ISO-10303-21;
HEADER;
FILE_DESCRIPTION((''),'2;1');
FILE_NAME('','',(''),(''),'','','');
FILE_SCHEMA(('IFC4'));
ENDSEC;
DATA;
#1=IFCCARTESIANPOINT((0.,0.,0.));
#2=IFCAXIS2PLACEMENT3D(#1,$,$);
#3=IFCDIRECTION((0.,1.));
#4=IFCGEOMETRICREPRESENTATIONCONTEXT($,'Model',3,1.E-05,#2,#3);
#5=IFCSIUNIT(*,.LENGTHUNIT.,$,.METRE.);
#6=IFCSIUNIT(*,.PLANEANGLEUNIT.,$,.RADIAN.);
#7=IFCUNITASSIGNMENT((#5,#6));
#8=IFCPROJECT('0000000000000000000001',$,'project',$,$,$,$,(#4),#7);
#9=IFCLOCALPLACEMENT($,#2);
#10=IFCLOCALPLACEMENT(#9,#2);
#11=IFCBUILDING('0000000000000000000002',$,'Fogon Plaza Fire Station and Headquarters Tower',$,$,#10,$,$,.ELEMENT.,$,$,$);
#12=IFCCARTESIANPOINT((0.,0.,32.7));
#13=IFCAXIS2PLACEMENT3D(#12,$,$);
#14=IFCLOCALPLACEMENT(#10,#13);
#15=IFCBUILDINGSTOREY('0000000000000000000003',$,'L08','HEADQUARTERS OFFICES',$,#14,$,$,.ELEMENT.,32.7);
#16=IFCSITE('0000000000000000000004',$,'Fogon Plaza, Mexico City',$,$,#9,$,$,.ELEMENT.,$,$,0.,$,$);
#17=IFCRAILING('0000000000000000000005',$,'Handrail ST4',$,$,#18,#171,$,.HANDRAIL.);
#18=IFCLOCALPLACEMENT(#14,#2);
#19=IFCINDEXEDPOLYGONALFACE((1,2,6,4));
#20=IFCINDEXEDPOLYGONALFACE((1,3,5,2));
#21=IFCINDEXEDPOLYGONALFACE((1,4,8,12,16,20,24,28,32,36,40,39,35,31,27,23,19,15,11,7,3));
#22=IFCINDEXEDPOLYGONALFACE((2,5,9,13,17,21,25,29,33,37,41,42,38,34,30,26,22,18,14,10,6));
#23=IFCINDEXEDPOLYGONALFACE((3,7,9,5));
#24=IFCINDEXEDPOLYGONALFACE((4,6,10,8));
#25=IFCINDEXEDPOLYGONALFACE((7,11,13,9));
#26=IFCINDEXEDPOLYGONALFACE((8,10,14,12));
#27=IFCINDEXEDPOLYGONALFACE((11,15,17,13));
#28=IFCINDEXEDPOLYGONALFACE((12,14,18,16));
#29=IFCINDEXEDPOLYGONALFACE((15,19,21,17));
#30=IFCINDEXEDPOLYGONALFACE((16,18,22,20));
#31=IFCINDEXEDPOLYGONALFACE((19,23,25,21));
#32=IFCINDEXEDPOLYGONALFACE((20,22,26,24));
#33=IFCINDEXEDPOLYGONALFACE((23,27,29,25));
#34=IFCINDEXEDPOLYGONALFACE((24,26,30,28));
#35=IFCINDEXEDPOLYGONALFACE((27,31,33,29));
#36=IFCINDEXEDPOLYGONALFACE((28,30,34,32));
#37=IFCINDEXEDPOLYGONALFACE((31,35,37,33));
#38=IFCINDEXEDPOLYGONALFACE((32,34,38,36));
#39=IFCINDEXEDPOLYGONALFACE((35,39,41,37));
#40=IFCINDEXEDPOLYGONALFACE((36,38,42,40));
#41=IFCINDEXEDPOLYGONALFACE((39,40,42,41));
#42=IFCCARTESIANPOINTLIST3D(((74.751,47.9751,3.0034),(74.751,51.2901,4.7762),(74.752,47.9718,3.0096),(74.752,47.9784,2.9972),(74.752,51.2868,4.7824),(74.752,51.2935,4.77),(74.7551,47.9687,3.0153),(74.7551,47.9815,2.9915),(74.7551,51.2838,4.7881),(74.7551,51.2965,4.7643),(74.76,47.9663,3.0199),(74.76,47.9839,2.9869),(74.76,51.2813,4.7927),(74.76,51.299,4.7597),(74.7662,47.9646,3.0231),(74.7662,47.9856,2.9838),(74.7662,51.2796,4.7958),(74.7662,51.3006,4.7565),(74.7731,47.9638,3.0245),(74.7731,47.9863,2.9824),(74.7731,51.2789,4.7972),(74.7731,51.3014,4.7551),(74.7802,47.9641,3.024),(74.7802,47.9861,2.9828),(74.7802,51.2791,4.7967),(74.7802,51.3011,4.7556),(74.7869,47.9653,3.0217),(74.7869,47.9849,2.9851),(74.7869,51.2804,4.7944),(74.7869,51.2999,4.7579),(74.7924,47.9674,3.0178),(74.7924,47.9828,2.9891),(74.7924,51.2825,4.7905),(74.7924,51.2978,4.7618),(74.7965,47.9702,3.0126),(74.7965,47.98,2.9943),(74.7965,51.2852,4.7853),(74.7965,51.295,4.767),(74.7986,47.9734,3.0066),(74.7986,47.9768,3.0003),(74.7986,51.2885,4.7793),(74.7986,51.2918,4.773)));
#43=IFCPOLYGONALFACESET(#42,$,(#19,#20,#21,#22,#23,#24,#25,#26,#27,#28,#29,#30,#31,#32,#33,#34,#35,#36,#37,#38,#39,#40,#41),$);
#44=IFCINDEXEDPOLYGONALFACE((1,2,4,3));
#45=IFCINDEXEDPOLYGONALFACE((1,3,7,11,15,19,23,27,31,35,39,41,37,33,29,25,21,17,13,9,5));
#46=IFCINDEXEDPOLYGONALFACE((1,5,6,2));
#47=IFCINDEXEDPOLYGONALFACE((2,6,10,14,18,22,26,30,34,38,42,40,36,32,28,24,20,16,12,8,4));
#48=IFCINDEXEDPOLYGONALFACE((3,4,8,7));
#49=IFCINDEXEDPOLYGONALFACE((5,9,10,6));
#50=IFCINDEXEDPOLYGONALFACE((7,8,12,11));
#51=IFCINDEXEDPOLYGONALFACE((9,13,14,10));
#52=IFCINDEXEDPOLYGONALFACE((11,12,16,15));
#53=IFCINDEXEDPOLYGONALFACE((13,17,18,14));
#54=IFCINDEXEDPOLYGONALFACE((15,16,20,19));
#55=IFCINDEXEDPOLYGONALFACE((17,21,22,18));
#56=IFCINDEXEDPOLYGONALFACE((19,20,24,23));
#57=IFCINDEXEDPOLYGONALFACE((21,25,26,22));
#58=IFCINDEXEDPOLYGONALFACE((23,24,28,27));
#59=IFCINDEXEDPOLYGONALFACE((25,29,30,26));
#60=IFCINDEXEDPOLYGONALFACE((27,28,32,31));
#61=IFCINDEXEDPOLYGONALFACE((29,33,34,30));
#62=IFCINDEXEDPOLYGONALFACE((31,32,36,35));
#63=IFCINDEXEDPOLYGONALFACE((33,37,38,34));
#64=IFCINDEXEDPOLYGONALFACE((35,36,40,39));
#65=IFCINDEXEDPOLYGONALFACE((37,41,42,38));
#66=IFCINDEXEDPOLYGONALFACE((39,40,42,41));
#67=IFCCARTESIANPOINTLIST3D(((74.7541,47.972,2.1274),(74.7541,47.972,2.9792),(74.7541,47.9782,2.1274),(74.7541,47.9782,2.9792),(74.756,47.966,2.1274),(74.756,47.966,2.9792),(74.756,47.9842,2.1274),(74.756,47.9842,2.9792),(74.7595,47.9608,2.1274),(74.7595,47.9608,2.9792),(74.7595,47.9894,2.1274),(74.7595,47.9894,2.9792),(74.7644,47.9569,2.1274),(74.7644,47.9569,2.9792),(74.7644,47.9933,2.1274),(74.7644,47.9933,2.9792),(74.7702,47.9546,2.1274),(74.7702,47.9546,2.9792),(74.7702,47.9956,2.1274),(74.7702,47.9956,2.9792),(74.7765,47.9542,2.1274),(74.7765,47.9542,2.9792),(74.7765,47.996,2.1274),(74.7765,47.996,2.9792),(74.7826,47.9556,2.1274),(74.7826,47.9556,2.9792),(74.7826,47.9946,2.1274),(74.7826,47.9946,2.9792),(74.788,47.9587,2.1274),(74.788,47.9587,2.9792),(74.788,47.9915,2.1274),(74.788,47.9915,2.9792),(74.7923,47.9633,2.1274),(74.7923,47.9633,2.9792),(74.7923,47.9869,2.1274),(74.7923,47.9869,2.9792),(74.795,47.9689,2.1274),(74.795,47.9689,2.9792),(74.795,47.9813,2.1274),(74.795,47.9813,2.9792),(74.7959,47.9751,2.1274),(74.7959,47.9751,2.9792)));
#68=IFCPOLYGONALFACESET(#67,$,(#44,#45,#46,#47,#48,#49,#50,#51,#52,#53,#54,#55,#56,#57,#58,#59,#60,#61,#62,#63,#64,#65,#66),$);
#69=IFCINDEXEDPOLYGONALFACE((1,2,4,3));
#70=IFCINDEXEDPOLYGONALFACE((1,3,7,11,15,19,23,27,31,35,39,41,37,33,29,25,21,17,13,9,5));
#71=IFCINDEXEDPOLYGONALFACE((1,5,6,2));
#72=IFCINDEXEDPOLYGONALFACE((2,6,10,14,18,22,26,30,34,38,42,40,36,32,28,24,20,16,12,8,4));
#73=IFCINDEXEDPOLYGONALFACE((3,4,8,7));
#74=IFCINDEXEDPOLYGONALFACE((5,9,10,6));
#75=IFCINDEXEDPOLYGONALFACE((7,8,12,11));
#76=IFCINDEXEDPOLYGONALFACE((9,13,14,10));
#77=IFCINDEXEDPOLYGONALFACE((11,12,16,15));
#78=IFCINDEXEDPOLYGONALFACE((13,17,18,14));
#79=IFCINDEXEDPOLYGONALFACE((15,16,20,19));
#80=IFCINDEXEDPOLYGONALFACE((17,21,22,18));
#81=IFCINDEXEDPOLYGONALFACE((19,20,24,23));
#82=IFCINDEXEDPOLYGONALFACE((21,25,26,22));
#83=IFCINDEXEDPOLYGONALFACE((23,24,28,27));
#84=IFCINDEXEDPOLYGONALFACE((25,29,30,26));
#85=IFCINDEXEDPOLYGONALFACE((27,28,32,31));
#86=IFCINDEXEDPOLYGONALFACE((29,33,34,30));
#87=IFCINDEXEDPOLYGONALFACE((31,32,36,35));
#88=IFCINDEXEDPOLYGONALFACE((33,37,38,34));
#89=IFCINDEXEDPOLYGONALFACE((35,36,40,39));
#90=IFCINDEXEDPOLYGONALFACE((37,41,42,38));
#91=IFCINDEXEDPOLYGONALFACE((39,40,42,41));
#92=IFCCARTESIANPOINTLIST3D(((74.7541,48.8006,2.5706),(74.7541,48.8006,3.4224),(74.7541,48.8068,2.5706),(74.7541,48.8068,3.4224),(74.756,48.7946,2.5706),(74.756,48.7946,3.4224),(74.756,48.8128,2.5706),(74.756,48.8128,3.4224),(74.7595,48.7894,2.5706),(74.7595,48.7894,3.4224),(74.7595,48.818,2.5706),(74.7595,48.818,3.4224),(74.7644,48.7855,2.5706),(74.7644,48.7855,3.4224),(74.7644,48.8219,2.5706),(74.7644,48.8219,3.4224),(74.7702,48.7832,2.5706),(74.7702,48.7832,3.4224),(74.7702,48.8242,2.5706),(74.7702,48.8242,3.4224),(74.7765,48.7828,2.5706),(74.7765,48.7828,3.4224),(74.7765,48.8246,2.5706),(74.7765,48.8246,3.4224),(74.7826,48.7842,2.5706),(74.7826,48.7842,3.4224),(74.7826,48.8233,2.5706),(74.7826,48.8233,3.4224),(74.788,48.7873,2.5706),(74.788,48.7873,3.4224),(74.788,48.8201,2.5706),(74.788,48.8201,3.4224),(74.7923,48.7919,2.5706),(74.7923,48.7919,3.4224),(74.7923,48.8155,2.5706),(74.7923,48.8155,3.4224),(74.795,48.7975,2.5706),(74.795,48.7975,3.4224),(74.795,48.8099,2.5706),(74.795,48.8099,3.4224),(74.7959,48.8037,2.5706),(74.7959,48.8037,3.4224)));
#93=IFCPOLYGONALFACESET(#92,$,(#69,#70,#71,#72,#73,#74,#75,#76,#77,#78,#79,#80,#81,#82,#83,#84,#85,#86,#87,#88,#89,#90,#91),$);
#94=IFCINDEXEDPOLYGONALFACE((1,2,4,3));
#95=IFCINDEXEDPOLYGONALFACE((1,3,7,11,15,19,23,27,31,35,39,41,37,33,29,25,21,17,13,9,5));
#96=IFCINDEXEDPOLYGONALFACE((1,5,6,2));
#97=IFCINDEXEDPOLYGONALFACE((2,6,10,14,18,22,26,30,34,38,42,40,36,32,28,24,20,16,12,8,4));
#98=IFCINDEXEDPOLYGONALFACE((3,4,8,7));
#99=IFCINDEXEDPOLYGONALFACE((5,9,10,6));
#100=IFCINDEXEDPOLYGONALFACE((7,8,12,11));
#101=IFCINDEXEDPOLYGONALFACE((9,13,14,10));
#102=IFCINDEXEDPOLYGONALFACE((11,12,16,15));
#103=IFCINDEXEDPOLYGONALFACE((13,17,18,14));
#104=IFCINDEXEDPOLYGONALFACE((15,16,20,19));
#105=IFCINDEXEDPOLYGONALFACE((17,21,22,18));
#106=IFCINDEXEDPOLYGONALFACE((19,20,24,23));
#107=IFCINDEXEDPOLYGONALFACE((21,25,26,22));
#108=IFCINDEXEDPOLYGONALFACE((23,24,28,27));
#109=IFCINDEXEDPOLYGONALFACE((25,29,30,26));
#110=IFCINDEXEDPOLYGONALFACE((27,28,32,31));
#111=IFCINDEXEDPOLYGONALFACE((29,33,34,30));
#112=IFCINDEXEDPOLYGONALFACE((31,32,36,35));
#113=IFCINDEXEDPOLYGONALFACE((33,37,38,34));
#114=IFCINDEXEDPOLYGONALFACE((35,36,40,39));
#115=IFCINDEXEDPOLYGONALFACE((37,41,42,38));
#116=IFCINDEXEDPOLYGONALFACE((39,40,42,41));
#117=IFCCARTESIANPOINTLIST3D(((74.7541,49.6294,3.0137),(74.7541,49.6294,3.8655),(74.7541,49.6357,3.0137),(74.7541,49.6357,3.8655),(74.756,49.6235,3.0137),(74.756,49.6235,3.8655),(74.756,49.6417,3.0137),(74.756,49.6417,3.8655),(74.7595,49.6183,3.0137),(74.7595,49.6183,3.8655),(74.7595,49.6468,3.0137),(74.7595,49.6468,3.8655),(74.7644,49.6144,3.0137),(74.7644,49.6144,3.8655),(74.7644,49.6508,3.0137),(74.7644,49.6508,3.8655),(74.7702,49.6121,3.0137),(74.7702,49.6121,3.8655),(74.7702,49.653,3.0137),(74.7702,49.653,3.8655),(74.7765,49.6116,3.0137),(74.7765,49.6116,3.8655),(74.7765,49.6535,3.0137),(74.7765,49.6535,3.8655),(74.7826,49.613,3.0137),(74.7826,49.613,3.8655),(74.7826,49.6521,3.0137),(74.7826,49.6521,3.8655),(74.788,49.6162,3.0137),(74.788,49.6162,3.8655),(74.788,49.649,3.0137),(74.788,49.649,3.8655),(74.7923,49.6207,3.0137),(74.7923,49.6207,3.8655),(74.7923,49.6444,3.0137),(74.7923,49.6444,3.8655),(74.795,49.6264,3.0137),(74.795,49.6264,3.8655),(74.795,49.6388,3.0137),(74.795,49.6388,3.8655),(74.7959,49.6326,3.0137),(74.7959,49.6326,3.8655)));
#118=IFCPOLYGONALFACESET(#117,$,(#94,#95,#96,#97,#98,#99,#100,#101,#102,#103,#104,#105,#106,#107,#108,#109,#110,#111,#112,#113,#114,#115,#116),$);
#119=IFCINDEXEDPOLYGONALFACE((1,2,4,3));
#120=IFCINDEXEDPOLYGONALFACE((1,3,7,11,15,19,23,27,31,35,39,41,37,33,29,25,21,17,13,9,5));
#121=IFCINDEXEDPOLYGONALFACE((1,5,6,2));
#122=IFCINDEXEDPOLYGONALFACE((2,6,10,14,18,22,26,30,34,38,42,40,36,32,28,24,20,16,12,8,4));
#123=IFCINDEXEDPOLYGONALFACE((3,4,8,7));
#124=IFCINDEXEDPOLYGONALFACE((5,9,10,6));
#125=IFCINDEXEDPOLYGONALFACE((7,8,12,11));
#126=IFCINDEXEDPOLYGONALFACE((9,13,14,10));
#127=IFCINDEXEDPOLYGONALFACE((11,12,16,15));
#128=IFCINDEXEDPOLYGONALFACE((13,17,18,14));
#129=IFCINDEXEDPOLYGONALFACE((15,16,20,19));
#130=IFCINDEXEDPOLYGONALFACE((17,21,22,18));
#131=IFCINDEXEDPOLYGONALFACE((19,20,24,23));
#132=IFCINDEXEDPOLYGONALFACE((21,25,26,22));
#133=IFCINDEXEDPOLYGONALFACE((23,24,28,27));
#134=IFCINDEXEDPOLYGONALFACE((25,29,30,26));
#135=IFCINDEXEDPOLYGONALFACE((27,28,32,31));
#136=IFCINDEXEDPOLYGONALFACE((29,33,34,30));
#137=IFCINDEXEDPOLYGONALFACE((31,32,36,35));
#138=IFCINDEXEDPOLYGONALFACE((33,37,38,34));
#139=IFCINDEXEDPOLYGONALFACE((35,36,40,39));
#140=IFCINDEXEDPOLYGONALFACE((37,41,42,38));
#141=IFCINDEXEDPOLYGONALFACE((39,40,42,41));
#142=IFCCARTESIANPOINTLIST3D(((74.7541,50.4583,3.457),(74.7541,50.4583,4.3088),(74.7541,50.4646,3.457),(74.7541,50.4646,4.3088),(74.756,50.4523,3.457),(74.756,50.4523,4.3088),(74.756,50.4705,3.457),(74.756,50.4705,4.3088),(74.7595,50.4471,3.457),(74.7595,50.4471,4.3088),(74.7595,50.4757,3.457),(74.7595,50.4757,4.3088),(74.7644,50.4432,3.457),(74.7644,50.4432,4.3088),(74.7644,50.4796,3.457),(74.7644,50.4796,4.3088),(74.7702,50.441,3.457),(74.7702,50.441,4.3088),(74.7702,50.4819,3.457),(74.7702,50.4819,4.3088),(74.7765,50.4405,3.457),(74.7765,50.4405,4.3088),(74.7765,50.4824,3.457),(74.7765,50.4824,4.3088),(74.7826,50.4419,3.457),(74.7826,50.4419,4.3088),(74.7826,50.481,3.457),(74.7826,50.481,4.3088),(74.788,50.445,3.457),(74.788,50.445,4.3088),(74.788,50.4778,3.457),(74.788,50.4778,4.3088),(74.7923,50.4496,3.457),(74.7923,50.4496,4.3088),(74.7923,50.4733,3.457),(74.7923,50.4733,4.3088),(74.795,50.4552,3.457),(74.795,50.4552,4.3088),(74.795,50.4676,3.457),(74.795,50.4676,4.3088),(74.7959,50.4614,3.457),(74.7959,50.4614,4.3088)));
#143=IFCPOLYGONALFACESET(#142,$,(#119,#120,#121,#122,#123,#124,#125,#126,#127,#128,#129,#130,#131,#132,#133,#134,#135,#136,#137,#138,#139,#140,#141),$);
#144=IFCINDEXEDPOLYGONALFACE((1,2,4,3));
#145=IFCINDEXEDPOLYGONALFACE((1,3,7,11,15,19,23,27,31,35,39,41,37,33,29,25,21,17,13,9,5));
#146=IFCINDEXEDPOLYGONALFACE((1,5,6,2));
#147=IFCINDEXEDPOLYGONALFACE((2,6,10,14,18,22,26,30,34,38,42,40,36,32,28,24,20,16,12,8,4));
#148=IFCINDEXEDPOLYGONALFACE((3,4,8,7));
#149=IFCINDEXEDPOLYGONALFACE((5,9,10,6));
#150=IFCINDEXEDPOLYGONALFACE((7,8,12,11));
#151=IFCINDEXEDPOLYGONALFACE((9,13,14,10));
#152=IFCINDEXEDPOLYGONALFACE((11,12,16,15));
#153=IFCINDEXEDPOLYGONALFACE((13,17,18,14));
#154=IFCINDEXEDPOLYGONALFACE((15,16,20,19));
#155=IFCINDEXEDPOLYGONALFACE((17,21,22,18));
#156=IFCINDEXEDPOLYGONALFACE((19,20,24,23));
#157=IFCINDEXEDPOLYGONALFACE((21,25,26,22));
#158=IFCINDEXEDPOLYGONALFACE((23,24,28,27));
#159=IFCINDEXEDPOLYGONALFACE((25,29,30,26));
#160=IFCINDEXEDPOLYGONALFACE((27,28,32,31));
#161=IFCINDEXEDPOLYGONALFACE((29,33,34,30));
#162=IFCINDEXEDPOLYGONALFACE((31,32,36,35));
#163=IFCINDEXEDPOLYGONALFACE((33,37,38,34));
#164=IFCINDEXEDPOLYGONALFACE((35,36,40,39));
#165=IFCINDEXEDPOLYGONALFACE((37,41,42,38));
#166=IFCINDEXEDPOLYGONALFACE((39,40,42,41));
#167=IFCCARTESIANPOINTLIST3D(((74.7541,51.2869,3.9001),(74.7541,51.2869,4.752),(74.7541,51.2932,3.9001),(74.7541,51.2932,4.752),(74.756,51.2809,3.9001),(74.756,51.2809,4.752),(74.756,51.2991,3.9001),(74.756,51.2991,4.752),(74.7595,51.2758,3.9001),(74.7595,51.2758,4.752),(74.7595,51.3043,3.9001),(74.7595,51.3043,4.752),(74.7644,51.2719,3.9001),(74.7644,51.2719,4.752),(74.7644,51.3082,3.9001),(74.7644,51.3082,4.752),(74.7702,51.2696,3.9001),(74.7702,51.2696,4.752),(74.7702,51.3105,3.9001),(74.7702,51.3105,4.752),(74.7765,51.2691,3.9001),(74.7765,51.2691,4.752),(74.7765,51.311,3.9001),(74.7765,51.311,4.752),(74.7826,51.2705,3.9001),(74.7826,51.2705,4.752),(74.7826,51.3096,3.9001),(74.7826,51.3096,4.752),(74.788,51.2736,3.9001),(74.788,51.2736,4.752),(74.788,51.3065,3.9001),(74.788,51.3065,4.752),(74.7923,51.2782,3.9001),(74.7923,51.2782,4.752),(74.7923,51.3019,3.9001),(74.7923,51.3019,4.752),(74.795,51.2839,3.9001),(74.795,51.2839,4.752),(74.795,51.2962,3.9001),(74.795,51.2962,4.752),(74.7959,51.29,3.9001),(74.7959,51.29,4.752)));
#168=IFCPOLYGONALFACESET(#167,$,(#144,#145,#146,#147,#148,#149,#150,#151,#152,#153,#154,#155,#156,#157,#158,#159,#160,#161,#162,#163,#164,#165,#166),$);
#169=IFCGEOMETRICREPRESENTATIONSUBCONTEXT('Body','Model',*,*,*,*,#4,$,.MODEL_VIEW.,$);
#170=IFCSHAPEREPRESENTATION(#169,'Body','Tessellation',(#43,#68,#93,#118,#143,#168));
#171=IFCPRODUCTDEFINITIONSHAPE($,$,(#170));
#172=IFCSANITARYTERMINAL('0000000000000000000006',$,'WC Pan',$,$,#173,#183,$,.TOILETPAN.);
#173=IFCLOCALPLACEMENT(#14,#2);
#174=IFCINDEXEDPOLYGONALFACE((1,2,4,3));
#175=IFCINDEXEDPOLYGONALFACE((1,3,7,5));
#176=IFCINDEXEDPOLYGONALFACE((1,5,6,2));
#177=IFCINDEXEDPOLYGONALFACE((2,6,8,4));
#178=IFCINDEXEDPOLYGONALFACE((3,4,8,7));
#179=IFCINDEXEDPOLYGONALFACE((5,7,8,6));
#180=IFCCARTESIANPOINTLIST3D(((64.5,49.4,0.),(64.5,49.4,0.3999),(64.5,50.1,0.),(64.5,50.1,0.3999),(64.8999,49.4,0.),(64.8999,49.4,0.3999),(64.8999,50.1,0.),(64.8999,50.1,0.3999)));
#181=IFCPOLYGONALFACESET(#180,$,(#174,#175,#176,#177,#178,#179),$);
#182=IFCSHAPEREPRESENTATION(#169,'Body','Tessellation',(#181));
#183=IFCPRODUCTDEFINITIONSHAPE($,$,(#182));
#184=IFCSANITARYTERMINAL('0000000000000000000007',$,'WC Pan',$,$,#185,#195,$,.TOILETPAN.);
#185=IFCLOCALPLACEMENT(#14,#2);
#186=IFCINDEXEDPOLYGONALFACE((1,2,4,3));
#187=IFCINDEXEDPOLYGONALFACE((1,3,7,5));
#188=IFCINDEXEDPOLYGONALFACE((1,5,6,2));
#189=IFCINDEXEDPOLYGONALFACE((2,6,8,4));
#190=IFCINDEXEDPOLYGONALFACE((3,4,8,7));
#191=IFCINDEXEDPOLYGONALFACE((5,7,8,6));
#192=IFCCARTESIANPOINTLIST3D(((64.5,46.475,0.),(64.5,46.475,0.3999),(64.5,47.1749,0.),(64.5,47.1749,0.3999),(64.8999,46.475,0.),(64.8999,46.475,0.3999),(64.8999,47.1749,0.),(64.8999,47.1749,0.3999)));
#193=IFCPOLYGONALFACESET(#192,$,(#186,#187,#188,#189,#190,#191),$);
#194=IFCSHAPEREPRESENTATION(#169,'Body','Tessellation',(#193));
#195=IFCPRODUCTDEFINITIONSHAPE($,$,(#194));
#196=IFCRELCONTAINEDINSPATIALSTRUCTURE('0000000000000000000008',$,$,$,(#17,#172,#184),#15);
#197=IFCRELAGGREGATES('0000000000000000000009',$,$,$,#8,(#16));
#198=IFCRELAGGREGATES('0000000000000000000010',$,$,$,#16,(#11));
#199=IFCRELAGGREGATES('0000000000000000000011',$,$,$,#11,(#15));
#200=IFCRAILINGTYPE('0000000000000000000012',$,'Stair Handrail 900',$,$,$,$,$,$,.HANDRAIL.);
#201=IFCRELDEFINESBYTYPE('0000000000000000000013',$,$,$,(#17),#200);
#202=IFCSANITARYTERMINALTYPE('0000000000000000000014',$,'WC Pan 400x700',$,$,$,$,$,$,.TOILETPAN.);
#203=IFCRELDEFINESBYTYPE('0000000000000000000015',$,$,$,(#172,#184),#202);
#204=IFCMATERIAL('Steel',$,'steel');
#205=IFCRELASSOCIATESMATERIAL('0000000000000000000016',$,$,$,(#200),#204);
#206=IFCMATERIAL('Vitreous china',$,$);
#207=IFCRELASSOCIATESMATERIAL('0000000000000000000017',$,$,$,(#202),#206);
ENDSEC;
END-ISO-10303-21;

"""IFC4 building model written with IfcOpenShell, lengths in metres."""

from ifc_helpers import new_model, si_unit, direction, frame, origin, origin_2d, place, context, subcontext, project, spatial, rectangle, circle, extrude, material, type_object, element, save


model = new_model("IFC4")

# Units and contexts
model_context = context("Model", 3, precision=1e-05, world=origin(), true_north=direction((0.0, 1.0)))
body_context = subcontext(model_context, "Body", "Model", "MODEL_VIEW")
ifc_project = project(units=[si_unit("LENGTHUNIT", "METRE"), si_unit("PLANEANGLEUNIT", "RADIAN")], contexts=[model_context])

# Site, building, storey
site_placement = place(None, origin())
site = spatial("IfcSite", under=ifc_project, at=site_placement, Name="Fogon Plaza, Mexico City", CompositionType="ELEMENT", RefElevation=0.0)
building_placement = place(site_placement, origin())
building = spatial("IfcBuilding", under=site, at=building_placement, Name="Fogon Plaza Fire Station and Headquarters Tower", CompositionType="ELEMENT")
storey_placement = place(building_placement, frame((0.0, 0.0, 32.7)))
storey = spatial("IfcBuildingStorey", under=building, at=storey_placement, Name="L08", Description="HEADQUARTERS OFFICES", CompositionType="ELEMENT", Elevation=32.7)

# Railing
ifc_material_1 = material(Name="Steel", Category="steel")
railing_type = type_object("IfcRailingType", Name="Stair Handrail 900", PredefinedType="HANDRAIL", material=ifc_material_1)
for number, where, name in (
    (1, (74.7749, 47.9751, 2.1274), "Handrail ST4"),
):
    element("IfcRailing", number, at=place(storey_placement, frame(where)), inside=storey, type_object=railing_type, Name=name, PredefinedType="HANDRAIL", context=body_context, shape_type="SweptSolid", body=[
        extrude(circle(Radius=0.0239, at=origin_2d()), frame((0.0, 0.0, 0.876), z_axis=(0.0, 0.881829, 0.471569), x_axis=(-1.0, 0.0, 0.0)), (0.0, 0.0, 1.0), 3.7593),
        extrude(circle(Radius=0.021, at=origin_2d()), origin(), (0.0, 0.0, 1.0), 0.8518),
        extrude(circle(Radius=0.021, at=origin_2d()), frame((0.0, 0.8286, 0.4431)), (0.0, 0.0, 1.0), 0.8518),
        extrude(circle(Radius=0.021, at=origin_2d()), frame((0.0, 1.6575, 0.8862)), (0.0, 0.0, 1.0), 0.8518),
        extrude(circle(Radius=0.021, at=origin_2d()), frame((0.0, 2.4863, 1.3296)), (0.0, 0.0, 1.0), 0.8518),
        extrude(circle(Radius=0.021, at=origin_2d()), frame((0.0, 3.3149, 1.7727)), (0.0, 0.0, 1.0), 0.8518),
    ])

# Sanitary terminals
ifc_material_2 = material(Name="Vitreous china")
sanitary_terminal_type = type_object("IfcSanitaryTerminalType", Name="WC Pan 400x700", PredefinedType="TOILETPAN", material=ifc_material_2)
for number, where, z_axis, x_axis, name in (
    (2, (64.7, 49.75, 0.0), (0.0, 0.0, 1.0), (1.0, 0.0, 0.0), "WC Pan"),
    (3, (64.7, 46.825, 0.0), (0.0, 0.0, 1.0), (1.0, 0.0, 0.0), "WC Pan"),
):
    element("IfcSanitaryTerminal", number, at=place(storey_placement, frame(where, z_axis=z_axis, x_axis=x_axis)), inside=storey, type_object=sanitary_terminal_type, Name=name, PredefinedType="TOILETPAN", context=body_context, shape_type="SweptSolid", body=[
        extrude(rectangle(XDim=0.3999, YDim=0.7, at=origin_2d()), origin(), (0.0, 0.0, 1.0), 0.3999),
    ])

save(model, "model.ifc")
